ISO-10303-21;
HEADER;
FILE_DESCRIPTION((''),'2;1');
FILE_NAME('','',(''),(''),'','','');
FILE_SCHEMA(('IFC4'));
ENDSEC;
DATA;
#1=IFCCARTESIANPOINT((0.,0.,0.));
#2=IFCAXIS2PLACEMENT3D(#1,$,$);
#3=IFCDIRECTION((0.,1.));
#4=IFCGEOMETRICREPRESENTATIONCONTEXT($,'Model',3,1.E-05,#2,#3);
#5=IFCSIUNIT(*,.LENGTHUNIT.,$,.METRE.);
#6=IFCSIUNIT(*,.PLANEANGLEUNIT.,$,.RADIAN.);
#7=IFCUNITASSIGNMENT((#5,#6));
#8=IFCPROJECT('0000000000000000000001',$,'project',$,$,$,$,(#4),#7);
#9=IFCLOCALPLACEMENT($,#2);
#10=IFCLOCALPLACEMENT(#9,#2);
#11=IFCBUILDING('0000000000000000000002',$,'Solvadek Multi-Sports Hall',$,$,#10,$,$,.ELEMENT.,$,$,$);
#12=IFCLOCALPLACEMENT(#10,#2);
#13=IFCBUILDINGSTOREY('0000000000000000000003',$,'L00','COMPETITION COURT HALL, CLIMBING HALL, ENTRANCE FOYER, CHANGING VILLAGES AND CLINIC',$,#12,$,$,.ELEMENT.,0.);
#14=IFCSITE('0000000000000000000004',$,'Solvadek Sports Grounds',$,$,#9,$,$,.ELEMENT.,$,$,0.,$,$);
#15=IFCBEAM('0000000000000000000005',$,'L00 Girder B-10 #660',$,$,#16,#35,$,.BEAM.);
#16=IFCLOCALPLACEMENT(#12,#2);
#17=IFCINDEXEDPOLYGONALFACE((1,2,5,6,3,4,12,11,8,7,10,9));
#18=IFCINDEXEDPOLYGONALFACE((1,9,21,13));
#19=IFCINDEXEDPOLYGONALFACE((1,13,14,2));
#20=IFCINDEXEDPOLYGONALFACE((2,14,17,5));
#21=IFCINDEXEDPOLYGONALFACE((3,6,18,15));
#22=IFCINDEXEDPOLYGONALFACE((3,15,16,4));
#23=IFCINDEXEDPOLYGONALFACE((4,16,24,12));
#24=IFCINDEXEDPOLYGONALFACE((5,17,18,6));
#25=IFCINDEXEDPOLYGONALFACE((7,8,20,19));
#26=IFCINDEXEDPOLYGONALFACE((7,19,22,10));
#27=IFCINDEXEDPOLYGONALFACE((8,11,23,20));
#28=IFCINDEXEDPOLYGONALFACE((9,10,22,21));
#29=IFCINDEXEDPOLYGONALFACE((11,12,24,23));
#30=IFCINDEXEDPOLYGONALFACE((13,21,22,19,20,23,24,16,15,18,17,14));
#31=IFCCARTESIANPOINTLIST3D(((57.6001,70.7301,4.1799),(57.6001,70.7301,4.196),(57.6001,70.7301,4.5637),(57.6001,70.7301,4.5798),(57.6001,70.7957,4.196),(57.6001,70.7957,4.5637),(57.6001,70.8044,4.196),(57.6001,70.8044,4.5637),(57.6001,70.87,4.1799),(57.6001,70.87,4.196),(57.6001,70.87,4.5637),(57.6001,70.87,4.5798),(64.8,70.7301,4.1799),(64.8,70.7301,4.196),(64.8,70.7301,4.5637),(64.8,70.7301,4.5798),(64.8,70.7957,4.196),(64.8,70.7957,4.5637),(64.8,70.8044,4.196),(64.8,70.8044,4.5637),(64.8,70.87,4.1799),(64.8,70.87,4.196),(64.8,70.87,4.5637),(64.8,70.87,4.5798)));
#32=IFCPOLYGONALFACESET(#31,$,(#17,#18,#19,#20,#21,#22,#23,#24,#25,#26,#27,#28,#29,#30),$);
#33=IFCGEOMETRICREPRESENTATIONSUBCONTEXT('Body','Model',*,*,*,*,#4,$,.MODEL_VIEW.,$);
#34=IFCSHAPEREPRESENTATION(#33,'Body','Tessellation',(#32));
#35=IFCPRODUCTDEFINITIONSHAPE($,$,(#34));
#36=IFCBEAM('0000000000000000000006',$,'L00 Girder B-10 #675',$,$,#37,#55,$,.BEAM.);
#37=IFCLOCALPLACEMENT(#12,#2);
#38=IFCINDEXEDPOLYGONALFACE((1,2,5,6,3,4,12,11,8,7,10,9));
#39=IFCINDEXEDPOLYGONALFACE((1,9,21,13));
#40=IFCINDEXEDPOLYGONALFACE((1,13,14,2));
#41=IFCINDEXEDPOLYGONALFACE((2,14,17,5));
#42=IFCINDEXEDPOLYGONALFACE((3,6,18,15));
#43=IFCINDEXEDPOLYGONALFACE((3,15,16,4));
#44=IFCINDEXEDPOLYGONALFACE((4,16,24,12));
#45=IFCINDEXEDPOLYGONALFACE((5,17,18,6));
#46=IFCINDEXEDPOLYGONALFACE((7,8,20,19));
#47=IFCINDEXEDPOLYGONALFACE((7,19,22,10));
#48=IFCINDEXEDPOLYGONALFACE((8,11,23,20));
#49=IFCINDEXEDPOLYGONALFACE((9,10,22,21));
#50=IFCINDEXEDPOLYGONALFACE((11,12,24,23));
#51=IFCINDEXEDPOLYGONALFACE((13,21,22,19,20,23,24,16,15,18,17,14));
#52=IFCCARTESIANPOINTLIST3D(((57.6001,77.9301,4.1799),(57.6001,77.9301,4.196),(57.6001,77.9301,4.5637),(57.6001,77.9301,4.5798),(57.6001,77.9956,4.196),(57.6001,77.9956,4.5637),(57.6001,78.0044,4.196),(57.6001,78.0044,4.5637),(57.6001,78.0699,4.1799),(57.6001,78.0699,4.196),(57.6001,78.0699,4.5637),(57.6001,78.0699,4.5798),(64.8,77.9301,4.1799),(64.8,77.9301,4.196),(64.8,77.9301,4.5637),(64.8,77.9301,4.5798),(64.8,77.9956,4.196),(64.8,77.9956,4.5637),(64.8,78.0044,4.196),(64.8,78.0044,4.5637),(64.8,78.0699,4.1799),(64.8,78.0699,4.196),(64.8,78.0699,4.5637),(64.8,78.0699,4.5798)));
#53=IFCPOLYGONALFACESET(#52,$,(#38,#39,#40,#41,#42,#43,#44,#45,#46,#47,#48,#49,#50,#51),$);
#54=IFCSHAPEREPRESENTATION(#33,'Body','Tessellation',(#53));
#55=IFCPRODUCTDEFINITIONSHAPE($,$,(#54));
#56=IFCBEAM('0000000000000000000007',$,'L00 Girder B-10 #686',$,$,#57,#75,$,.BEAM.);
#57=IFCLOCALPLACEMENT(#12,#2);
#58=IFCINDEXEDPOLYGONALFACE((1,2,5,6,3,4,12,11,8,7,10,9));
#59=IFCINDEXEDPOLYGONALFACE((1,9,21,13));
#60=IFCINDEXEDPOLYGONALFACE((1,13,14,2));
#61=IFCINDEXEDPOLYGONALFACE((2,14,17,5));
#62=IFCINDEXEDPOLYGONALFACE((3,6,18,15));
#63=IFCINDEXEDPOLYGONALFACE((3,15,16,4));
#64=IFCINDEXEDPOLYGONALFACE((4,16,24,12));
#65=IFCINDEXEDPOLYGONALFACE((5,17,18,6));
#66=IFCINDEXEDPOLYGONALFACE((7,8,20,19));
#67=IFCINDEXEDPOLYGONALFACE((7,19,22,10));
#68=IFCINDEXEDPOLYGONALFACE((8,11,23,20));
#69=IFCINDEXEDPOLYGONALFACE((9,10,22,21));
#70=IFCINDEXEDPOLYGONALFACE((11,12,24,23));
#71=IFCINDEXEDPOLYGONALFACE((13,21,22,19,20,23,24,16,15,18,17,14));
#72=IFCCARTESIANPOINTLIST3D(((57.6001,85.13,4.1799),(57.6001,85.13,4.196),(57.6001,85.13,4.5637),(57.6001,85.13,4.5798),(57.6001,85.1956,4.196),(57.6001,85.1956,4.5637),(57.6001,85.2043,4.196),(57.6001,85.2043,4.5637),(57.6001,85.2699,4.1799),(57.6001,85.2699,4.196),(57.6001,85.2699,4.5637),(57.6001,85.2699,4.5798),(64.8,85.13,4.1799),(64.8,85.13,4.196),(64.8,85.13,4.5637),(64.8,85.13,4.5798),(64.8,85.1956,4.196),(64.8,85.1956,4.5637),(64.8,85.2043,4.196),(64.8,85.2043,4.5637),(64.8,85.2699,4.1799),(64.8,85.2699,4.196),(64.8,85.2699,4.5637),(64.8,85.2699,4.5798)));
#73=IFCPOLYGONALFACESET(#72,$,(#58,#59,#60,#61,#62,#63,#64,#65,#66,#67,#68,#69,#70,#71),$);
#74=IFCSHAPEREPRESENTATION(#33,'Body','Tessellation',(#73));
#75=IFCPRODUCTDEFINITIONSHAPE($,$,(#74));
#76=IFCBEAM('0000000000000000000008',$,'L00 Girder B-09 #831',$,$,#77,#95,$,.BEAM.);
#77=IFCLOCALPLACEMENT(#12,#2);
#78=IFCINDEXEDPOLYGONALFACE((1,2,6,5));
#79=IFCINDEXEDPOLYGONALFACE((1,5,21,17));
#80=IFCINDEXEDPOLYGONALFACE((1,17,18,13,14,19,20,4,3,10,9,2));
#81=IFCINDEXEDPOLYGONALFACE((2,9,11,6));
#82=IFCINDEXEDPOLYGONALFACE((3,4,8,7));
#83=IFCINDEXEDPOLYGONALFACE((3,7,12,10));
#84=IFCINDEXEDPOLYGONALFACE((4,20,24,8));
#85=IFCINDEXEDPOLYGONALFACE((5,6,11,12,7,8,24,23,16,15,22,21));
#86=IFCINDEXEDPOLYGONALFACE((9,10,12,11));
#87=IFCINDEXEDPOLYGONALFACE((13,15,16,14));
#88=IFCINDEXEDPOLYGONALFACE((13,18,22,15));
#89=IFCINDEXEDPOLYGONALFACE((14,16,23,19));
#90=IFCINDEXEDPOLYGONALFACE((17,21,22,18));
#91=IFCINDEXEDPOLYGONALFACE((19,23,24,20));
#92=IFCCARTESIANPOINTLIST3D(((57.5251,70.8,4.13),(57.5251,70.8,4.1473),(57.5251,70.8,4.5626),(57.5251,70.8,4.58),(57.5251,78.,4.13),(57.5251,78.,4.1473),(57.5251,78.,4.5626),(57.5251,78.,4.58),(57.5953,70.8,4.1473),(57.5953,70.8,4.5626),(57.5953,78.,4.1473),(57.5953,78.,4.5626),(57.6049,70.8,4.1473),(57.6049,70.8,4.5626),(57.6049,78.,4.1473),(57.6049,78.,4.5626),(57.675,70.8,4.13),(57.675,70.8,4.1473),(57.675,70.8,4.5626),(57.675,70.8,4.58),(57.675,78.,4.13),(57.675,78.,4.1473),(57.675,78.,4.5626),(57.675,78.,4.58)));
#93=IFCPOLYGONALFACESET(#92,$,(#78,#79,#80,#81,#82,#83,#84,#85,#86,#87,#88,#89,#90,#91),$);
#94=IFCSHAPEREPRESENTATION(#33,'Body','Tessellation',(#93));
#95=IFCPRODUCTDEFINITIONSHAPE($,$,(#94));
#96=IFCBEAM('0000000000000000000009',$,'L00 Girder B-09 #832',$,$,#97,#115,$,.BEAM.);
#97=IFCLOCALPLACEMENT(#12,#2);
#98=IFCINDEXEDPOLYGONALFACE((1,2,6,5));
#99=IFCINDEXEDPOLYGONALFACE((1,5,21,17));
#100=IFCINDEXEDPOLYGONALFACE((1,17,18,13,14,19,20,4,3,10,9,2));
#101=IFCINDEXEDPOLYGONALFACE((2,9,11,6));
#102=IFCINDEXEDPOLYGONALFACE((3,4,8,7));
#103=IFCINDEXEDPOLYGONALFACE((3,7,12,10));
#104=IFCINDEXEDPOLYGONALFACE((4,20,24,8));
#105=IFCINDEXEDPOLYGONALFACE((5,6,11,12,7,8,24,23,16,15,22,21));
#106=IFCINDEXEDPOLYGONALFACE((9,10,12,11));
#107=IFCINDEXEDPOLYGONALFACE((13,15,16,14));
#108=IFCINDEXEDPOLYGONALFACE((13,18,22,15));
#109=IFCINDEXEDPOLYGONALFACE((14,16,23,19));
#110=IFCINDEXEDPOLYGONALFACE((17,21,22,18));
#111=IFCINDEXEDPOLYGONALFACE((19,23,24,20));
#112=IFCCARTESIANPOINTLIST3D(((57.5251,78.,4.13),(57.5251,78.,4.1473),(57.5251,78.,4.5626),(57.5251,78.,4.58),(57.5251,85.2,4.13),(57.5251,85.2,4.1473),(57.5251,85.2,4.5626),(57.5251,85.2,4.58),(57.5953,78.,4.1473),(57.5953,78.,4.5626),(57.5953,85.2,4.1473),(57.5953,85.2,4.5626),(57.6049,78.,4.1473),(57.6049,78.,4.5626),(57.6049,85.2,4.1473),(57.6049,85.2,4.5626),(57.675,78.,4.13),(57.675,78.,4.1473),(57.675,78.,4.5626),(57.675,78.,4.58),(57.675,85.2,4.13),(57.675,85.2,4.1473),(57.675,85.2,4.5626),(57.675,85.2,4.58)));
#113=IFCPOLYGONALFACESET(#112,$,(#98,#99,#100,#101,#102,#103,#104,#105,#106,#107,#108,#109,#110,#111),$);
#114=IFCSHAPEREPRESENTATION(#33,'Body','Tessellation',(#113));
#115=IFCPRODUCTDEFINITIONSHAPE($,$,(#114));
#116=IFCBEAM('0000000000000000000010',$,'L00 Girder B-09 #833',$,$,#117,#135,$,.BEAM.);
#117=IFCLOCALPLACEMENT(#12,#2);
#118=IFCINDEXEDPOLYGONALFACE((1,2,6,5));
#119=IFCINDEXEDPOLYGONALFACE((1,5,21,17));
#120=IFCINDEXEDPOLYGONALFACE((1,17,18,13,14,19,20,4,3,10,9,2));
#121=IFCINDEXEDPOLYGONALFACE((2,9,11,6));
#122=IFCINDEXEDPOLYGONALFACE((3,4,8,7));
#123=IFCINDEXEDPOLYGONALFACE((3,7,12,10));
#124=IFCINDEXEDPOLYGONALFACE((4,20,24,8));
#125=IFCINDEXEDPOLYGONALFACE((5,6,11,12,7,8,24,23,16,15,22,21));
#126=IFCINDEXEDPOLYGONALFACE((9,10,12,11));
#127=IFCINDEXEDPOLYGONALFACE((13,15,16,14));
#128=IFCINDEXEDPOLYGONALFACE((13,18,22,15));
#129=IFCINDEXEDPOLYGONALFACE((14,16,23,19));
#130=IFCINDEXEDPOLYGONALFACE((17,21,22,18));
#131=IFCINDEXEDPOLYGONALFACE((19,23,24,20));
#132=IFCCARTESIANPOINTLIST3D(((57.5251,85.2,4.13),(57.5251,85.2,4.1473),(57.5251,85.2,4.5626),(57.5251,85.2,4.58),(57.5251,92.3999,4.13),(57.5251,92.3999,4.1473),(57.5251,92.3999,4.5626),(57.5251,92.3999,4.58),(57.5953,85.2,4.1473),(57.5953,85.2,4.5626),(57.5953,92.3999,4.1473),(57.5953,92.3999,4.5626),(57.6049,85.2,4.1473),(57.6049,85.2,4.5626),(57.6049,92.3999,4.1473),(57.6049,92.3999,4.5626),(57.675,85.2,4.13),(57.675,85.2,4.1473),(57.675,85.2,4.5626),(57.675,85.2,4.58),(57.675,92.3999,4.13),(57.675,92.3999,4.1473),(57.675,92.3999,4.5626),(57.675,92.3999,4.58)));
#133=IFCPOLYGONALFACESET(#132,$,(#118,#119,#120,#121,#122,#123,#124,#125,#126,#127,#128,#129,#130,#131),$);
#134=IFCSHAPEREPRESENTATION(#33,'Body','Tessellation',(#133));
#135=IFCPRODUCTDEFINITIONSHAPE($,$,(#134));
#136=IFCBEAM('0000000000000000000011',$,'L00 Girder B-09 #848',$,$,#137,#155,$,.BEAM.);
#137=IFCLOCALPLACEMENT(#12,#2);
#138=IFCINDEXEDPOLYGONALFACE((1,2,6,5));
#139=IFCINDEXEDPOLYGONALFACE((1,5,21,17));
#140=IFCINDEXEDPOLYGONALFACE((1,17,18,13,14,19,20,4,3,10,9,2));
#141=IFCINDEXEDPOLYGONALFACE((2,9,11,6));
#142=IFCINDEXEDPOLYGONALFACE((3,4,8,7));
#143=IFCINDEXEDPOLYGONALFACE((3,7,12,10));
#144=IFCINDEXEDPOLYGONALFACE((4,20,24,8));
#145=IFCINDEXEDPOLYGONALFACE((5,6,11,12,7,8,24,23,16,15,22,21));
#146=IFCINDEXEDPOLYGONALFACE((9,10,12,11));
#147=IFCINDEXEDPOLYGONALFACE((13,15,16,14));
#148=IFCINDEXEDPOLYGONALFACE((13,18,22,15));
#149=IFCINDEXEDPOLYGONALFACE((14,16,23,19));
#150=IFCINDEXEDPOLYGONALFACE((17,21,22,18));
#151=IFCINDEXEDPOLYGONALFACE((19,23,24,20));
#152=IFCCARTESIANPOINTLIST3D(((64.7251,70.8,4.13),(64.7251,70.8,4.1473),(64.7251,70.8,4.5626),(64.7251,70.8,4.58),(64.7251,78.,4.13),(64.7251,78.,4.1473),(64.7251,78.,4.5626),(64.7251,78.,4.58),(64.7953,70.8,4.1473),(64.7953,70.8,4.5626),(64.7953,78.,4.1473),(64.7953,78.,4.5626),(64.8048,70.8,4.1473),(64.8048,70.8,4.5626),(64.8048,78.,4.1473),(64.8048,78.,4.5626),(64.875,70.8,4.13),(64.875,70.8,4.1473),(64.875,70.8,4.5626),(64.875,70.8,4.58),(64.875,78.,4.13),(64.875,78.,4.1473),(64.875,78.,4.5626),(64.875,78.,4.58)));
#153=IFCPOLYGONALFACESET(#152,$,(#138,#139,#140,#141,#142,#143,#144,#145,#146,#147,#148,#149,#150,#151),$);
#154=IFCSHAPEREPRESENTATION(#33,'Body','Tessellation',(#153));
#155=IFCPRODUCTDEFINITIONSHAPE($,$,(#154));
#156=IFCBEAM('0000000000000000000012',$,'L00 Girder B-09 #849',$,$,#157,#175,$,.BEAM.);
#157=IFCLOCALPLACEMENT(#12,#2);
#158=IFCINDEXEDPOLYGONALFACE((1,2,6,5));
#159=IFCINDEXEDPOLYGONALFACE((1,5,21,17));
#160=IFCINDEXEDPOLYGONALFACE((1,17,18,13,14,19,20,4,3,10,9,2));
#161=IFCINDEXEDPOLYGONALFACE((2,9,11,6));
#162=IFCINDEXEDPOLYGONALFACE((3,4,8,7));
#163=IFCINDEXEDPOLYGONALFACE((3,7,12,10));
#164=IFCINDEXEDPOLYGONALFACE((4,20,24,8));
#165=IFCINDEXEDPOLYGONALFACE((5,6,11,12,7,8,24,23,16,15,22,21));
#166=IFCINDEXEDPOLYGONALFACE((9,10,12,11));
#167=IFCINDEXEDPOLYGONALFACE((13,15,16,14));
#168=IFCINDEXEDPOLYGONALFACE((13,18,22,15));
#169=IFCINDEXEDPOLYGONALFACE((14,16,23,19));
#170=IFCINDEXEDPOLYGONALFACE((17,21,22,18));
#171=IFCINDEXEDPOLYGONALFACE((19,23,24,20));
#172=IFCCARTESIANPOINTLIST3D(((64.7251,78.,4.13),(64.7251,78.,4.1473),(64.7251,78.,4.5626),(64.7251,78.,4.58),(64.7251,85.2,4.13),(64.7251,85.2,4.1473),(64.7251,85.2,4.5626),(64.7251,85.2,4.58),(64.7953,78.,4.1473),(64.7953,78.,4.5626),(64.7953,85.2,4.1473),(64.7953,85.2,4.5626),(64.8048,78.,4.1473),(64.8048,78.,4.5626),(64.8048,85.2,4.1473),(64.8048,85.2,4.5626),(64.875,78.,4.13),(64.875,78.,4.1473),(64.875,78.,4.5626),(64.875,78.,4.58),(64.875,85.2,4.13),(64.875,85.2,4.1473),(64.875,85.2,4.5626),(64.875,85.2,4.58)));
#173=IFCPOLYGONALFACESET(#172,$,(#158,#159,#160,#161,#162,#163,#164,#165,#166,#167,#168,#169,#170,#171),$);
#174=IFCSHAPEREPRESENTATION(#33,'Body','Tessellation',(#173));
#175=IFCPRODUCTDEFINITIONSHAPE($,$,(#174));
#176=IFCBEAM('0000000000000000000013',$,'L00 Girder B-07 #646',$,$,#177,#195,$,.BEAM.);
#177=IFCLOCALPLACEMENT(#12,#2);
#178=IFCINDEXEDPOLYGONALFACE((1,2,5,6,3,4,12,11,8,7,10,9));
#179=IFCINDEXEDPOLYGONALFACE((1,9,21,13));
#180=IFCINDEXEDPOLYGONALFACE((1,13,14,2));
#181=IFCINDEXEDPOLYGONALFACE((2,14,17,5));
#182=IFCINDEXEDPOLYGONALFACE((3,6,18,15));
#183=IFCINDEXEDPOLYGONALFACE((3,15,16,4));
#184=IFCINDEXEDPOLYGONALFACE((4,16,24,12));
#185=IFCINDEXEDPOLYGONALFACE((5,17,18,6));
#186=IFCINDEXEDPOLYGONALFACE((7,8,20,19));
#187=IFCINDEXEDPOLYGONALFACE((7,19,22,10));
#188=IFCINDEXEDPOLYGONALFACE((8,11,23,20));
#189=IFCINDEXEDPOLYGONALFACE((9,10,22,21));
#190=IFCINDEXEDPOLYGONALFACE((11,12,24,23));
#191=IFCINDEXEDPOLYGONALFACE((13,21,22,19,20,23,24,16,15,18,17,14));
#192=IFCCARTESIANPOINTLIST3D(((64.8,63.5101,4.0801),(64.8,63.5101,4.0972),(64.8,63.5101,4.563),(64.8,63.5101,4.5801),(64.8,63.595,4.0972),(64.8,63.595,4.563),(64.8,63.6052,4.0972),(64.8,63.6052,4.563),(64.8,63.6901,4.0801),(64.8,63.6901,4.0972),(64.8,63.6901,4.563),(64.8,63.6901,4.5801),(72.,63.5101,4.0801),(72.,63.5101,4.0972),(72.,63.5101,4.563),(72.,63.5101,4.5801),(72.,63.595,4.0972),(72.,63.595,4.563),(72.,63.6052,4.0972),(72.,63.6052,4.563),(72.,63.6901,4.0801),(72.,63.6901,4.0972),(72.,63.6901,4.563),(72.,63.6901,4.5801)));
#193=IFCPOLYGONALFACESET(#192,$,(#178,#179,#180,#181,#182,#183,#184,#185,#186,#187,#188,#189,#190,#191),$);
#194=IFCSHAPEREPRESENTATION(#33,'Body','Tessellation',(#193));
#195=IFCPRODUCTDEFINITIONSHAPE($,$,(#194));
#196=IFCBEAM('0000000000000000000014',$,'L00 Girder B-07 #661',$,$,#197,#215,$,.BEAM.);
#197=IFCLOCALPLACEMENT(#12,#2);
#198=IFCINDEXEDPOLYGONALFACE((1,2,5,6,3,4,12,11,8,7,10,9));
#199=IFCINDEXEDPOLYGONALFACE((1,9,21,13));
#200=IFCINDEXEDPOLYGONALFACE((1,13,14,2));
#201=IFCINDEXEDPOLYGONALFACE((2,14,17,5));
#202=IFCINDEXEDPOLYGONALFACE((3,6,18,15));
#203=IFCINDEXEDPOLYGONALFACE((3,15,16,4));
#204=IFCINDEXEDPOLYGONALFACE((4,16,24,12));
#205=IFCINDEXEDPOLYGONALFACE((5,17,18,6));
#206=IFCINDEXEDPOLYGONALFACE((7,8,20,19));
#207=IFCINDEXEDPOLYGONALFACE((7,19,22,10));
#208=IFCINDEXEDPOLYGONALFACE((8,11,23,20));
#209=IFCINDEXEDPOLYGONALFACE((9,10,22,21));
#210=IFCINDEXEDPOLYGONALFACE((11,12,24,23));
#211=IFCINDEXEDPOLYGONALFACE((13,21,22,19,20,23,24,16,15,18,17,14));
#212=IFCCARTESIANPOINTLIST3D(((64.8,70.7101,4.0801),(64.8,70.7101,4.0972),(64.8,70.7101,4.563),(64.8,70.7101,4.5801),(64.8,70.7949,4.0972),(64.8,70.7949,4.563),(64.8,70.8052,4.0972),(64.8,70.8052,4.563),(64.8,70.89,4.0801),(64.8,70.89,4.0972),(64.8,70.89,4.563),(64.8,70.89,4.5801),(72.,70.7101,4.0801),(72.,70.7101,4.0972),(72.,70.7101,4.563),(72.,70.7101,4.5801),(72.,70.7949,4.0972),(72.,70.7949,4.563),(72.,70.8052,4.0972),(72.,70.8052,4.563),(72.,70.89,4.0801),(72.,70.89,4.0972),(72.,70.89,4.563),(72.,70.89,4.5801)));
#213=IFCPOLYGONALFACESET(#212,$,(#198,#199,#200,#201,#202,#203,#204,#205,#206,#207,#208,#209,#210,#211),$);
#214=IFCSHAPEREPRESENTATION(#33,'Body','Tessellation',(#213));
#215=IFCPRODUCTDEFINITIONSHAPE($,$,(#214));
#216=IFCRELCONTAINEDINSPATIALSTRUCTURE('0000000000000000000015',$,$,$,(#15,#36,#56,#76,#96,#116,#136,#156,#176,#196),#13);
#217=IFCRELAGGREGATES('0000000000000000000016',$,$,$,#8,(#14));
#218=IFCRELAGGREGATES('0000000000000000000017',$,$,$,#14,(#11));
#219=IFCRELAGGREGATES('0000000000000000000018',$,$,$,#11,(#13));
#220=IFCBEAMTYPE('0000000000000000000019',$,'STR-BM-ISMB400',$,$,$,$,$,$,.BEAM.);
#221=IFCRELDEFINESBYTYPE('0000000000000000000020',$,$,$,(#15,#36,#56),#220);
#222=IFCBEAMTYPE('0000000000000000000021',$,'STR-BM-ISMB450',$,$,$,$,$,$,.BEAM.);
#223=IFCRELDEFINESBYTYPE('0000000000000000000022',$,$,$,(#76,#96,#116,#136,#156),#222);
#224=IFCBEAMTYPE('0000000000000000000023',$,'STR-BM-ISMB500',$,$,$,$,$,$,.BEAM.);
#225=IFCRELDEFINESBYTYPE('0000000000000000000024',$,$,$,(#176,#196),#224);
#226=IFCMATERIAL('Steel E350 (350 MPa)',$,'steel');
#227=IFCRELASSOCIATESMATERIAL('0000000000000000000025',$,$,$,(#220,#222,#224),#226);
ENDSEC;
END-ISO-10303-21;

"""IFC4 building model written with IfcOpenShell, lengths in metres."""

from ifc_helpers import new_model, si_unit, direction, frame, origin, origin_2d, place, context, subcontext, project, spatial, i_section, extrude, material, material_profile, profile_set, type_object, element, save


model = new_model("IFC4")

# Units and contexts
model_context = context("Model", 3, precision=1e-05, world=origin(), true_north=direction((0.0, 1.0)))
body_context = subcontext(model_context, "Body", "Model", "MODEL_VIEW")
ifc_project = project(units=[si_unit("LENGTHUNIT", "METRE"), si_unit("PLANEANGLEUNIT", "RADIAN")], contexts=[model_context])

# Site, building, storey
site_placement = place(None, origin())
site = spatial("IfcSite", under=ifc_project, at=site_placement, Name="Solvadek Sports Grounds", CompositionType="ELEMENT", RefElevation=0.0)
building_placement = place(site_placement, origin())
building = spatial("IfcBuilding", under=site, at=building_placement, Name="Solvadek Multi-Sports Hall", CompositionType="ELEMENT")
storey_placement = place(building_placement, origin())
storey = spatial("IfcBuildingStorey", under=building, at=storey_placement, Name="L00", Description="COMPETITION COURT HALL, CLIMBING HALL, ENTRANCE FOYER, CHANGING VILLAGES AND CLINIC", CompositionType="ELEMENT", Elevation=0.0)

# Shared definitions
ifc_material_1 = material(Name="Steel E350 (350 MPa)", Category="steel")

# Beams
ifc_material_profile_1 = material_profile(ifc_material_1, i_section(OverallWidth=0.1399, OverallDepth=0.3999, WebThickness=0.0088, FlangeThickness=0.0161, at=origin_2d()), Name="ISMB 400")
ifc_profile_set_1 = profile_set([ifc_material_profile_1], Name="Steel E350 (350 MPa)")
beam_type_1 = type_object("IfcBeamType", Name="STR-BM-ISMB400", PredefinedType="BEAM", material=ifc_profile_set_1)
for number, where, z_axis, x_axis, name in (
    (1, (57.6001, 70.8, 4.3799), (1.0, 0.0, 0.0), (0.0, 1.0, 0.0), "L00 Girder B-10 #660"),
    (2, (57.6001, 78.0, 4.3799), (1.0, 0.0, 0.0), (0.0, 1.0, 0.0), "L00 Girder B-10 #675"),
    (3, (57.6001, 85.2, 4.3799), (1.0, 0.0, 0.0), (0.0, 1.0, 0.0), "L00 Girder B-10 #686"),
):
    element("IfcBeam", number, at=place(storey_placement, frame(where, z_axis=z_axis, x_axis=x_axis)), inside=storey, type_object=beam_type_1, Name=name, PredefinedType="BEAM", context=body_context, shape_type="SweptSolid", body=[
        extrude(i_section(OverallWidth=0.1399, OverallDepth=0.3999, WebThickness=0.0088, FlangeThickness=0.0161, at=origin_2d()), origin(), (0.0, 0.0, 1.0), 7.2),
    ])
ifc_material_profile_2 = material_profile(ifc_material_1, i_section(OverallWidth=0.1499, OverallDepth=0.45, WebThickness=0.0095, FlangeThickness=0.0173, at=origin_2d()), Name="ISMB 450")
ifc_profile_set_2 = profile_set([ifc_material_profile_2], Name="Steel E350 (350 MPa)")
beam_type_2 = type_object("IfcBeamType", Name="STR-BM-ISMB450", PredefinedType="BEAM", material=ifc_profile_set_2)
for number, where, z_axis, x_axis, name in (
    (4, (57.6001, 70.8, 4.355), (0.0, 1.0, 0.0), (-1.0, 0.0, 0.0), "L00 Girder B-09 #831"),
    (5, (57.6001, 78.0, 4.355), (0.0, 1.0, 0.0), (-1.0, 0.0, 0.0), "L00 Girder B-09 #832"),
    (6, (57.6001, 85.2, 4.355), (0.0, 1.0, 0.0), (-1.0, 0.0, 0.0), "L00 Girder B-09 #833"),
    (7, (64.8, 70.8, 4.355), (0.0, 1.0, 0.0), (-1.0, 0.0, 0.0), "L00 Girder B-09 #848"),
    (8, (64.8, 78.0, 4.355), (0.0, 1.0, 0.0), (-1.0, 0.0, 0.0), "L00 Girder B-09 #849"),
):
    element("IfcBeam", number, at=place(storey_placement, frame(where, z_axis=z_axis, x_axis=x_axis)), inside=storey, type_object=beam_type_2, Name=name, PredefinedType="BEAM", context=body_context, shape_type="SweptSolid", body=[
        extrude(i_section(OverallWidth=0.1499, OverallDepth=0.45, WebThickness=0.0095, FlangeThickness=0.0173, at=origin_2d()), origin(), (0.0, 0.0, 1.0), 7.2),
    ])
ifc_material_profile_3 = material_profile(ifc_material_1, i_section(OverallWidth=0.1799, OverallDepth=0.5, WebThickness=0.0103, FlangeThickness=0.0171, at=origin_2d()), Name="ISMB 500")
ifc_profile_set_3 = profile_set([ifc_material_profile_3], Name="Steel E350 (350 MPa)")
beam_type_3 = type_object("IfcBeamType", Name="STR-BM-ISMB500", PredefinedType="BEAM", material=ifc_profile_set_3)
for number, where, z_axis, x_axis, name in (
    (9, (64.8, 63.6001, 4.3301), (1.0, 0.0, 0.0), (0.0, 1.0, 0.0), "L00 Girder B-07 #646"),
    (10, (64.8, 70.8, 4.3301), (1.0, 0.0, 0.0), (0.0, 1.0, 0.0), "L00 Girder B-07 #661"),
):
    element("IfcBeam", number, at=place(storey_placement, frame(where, z_axis=z_axis, x_axis=x_axis)), inside=storey, type_object=beam_type_3, Name=name, PredefinedType="BEAM", context=body_context, shape_type="SweptSolid", body=[
        extrude(i_section(OverallWidth=0.1799, OverallDepth=0.5, WebThickness=0.0103, FlangeThickness=0.0171, at=origin_2d()), origin(), (0.0, 0.0, 1.0), 7.2),
    ])

save(model, "model.ifc")
